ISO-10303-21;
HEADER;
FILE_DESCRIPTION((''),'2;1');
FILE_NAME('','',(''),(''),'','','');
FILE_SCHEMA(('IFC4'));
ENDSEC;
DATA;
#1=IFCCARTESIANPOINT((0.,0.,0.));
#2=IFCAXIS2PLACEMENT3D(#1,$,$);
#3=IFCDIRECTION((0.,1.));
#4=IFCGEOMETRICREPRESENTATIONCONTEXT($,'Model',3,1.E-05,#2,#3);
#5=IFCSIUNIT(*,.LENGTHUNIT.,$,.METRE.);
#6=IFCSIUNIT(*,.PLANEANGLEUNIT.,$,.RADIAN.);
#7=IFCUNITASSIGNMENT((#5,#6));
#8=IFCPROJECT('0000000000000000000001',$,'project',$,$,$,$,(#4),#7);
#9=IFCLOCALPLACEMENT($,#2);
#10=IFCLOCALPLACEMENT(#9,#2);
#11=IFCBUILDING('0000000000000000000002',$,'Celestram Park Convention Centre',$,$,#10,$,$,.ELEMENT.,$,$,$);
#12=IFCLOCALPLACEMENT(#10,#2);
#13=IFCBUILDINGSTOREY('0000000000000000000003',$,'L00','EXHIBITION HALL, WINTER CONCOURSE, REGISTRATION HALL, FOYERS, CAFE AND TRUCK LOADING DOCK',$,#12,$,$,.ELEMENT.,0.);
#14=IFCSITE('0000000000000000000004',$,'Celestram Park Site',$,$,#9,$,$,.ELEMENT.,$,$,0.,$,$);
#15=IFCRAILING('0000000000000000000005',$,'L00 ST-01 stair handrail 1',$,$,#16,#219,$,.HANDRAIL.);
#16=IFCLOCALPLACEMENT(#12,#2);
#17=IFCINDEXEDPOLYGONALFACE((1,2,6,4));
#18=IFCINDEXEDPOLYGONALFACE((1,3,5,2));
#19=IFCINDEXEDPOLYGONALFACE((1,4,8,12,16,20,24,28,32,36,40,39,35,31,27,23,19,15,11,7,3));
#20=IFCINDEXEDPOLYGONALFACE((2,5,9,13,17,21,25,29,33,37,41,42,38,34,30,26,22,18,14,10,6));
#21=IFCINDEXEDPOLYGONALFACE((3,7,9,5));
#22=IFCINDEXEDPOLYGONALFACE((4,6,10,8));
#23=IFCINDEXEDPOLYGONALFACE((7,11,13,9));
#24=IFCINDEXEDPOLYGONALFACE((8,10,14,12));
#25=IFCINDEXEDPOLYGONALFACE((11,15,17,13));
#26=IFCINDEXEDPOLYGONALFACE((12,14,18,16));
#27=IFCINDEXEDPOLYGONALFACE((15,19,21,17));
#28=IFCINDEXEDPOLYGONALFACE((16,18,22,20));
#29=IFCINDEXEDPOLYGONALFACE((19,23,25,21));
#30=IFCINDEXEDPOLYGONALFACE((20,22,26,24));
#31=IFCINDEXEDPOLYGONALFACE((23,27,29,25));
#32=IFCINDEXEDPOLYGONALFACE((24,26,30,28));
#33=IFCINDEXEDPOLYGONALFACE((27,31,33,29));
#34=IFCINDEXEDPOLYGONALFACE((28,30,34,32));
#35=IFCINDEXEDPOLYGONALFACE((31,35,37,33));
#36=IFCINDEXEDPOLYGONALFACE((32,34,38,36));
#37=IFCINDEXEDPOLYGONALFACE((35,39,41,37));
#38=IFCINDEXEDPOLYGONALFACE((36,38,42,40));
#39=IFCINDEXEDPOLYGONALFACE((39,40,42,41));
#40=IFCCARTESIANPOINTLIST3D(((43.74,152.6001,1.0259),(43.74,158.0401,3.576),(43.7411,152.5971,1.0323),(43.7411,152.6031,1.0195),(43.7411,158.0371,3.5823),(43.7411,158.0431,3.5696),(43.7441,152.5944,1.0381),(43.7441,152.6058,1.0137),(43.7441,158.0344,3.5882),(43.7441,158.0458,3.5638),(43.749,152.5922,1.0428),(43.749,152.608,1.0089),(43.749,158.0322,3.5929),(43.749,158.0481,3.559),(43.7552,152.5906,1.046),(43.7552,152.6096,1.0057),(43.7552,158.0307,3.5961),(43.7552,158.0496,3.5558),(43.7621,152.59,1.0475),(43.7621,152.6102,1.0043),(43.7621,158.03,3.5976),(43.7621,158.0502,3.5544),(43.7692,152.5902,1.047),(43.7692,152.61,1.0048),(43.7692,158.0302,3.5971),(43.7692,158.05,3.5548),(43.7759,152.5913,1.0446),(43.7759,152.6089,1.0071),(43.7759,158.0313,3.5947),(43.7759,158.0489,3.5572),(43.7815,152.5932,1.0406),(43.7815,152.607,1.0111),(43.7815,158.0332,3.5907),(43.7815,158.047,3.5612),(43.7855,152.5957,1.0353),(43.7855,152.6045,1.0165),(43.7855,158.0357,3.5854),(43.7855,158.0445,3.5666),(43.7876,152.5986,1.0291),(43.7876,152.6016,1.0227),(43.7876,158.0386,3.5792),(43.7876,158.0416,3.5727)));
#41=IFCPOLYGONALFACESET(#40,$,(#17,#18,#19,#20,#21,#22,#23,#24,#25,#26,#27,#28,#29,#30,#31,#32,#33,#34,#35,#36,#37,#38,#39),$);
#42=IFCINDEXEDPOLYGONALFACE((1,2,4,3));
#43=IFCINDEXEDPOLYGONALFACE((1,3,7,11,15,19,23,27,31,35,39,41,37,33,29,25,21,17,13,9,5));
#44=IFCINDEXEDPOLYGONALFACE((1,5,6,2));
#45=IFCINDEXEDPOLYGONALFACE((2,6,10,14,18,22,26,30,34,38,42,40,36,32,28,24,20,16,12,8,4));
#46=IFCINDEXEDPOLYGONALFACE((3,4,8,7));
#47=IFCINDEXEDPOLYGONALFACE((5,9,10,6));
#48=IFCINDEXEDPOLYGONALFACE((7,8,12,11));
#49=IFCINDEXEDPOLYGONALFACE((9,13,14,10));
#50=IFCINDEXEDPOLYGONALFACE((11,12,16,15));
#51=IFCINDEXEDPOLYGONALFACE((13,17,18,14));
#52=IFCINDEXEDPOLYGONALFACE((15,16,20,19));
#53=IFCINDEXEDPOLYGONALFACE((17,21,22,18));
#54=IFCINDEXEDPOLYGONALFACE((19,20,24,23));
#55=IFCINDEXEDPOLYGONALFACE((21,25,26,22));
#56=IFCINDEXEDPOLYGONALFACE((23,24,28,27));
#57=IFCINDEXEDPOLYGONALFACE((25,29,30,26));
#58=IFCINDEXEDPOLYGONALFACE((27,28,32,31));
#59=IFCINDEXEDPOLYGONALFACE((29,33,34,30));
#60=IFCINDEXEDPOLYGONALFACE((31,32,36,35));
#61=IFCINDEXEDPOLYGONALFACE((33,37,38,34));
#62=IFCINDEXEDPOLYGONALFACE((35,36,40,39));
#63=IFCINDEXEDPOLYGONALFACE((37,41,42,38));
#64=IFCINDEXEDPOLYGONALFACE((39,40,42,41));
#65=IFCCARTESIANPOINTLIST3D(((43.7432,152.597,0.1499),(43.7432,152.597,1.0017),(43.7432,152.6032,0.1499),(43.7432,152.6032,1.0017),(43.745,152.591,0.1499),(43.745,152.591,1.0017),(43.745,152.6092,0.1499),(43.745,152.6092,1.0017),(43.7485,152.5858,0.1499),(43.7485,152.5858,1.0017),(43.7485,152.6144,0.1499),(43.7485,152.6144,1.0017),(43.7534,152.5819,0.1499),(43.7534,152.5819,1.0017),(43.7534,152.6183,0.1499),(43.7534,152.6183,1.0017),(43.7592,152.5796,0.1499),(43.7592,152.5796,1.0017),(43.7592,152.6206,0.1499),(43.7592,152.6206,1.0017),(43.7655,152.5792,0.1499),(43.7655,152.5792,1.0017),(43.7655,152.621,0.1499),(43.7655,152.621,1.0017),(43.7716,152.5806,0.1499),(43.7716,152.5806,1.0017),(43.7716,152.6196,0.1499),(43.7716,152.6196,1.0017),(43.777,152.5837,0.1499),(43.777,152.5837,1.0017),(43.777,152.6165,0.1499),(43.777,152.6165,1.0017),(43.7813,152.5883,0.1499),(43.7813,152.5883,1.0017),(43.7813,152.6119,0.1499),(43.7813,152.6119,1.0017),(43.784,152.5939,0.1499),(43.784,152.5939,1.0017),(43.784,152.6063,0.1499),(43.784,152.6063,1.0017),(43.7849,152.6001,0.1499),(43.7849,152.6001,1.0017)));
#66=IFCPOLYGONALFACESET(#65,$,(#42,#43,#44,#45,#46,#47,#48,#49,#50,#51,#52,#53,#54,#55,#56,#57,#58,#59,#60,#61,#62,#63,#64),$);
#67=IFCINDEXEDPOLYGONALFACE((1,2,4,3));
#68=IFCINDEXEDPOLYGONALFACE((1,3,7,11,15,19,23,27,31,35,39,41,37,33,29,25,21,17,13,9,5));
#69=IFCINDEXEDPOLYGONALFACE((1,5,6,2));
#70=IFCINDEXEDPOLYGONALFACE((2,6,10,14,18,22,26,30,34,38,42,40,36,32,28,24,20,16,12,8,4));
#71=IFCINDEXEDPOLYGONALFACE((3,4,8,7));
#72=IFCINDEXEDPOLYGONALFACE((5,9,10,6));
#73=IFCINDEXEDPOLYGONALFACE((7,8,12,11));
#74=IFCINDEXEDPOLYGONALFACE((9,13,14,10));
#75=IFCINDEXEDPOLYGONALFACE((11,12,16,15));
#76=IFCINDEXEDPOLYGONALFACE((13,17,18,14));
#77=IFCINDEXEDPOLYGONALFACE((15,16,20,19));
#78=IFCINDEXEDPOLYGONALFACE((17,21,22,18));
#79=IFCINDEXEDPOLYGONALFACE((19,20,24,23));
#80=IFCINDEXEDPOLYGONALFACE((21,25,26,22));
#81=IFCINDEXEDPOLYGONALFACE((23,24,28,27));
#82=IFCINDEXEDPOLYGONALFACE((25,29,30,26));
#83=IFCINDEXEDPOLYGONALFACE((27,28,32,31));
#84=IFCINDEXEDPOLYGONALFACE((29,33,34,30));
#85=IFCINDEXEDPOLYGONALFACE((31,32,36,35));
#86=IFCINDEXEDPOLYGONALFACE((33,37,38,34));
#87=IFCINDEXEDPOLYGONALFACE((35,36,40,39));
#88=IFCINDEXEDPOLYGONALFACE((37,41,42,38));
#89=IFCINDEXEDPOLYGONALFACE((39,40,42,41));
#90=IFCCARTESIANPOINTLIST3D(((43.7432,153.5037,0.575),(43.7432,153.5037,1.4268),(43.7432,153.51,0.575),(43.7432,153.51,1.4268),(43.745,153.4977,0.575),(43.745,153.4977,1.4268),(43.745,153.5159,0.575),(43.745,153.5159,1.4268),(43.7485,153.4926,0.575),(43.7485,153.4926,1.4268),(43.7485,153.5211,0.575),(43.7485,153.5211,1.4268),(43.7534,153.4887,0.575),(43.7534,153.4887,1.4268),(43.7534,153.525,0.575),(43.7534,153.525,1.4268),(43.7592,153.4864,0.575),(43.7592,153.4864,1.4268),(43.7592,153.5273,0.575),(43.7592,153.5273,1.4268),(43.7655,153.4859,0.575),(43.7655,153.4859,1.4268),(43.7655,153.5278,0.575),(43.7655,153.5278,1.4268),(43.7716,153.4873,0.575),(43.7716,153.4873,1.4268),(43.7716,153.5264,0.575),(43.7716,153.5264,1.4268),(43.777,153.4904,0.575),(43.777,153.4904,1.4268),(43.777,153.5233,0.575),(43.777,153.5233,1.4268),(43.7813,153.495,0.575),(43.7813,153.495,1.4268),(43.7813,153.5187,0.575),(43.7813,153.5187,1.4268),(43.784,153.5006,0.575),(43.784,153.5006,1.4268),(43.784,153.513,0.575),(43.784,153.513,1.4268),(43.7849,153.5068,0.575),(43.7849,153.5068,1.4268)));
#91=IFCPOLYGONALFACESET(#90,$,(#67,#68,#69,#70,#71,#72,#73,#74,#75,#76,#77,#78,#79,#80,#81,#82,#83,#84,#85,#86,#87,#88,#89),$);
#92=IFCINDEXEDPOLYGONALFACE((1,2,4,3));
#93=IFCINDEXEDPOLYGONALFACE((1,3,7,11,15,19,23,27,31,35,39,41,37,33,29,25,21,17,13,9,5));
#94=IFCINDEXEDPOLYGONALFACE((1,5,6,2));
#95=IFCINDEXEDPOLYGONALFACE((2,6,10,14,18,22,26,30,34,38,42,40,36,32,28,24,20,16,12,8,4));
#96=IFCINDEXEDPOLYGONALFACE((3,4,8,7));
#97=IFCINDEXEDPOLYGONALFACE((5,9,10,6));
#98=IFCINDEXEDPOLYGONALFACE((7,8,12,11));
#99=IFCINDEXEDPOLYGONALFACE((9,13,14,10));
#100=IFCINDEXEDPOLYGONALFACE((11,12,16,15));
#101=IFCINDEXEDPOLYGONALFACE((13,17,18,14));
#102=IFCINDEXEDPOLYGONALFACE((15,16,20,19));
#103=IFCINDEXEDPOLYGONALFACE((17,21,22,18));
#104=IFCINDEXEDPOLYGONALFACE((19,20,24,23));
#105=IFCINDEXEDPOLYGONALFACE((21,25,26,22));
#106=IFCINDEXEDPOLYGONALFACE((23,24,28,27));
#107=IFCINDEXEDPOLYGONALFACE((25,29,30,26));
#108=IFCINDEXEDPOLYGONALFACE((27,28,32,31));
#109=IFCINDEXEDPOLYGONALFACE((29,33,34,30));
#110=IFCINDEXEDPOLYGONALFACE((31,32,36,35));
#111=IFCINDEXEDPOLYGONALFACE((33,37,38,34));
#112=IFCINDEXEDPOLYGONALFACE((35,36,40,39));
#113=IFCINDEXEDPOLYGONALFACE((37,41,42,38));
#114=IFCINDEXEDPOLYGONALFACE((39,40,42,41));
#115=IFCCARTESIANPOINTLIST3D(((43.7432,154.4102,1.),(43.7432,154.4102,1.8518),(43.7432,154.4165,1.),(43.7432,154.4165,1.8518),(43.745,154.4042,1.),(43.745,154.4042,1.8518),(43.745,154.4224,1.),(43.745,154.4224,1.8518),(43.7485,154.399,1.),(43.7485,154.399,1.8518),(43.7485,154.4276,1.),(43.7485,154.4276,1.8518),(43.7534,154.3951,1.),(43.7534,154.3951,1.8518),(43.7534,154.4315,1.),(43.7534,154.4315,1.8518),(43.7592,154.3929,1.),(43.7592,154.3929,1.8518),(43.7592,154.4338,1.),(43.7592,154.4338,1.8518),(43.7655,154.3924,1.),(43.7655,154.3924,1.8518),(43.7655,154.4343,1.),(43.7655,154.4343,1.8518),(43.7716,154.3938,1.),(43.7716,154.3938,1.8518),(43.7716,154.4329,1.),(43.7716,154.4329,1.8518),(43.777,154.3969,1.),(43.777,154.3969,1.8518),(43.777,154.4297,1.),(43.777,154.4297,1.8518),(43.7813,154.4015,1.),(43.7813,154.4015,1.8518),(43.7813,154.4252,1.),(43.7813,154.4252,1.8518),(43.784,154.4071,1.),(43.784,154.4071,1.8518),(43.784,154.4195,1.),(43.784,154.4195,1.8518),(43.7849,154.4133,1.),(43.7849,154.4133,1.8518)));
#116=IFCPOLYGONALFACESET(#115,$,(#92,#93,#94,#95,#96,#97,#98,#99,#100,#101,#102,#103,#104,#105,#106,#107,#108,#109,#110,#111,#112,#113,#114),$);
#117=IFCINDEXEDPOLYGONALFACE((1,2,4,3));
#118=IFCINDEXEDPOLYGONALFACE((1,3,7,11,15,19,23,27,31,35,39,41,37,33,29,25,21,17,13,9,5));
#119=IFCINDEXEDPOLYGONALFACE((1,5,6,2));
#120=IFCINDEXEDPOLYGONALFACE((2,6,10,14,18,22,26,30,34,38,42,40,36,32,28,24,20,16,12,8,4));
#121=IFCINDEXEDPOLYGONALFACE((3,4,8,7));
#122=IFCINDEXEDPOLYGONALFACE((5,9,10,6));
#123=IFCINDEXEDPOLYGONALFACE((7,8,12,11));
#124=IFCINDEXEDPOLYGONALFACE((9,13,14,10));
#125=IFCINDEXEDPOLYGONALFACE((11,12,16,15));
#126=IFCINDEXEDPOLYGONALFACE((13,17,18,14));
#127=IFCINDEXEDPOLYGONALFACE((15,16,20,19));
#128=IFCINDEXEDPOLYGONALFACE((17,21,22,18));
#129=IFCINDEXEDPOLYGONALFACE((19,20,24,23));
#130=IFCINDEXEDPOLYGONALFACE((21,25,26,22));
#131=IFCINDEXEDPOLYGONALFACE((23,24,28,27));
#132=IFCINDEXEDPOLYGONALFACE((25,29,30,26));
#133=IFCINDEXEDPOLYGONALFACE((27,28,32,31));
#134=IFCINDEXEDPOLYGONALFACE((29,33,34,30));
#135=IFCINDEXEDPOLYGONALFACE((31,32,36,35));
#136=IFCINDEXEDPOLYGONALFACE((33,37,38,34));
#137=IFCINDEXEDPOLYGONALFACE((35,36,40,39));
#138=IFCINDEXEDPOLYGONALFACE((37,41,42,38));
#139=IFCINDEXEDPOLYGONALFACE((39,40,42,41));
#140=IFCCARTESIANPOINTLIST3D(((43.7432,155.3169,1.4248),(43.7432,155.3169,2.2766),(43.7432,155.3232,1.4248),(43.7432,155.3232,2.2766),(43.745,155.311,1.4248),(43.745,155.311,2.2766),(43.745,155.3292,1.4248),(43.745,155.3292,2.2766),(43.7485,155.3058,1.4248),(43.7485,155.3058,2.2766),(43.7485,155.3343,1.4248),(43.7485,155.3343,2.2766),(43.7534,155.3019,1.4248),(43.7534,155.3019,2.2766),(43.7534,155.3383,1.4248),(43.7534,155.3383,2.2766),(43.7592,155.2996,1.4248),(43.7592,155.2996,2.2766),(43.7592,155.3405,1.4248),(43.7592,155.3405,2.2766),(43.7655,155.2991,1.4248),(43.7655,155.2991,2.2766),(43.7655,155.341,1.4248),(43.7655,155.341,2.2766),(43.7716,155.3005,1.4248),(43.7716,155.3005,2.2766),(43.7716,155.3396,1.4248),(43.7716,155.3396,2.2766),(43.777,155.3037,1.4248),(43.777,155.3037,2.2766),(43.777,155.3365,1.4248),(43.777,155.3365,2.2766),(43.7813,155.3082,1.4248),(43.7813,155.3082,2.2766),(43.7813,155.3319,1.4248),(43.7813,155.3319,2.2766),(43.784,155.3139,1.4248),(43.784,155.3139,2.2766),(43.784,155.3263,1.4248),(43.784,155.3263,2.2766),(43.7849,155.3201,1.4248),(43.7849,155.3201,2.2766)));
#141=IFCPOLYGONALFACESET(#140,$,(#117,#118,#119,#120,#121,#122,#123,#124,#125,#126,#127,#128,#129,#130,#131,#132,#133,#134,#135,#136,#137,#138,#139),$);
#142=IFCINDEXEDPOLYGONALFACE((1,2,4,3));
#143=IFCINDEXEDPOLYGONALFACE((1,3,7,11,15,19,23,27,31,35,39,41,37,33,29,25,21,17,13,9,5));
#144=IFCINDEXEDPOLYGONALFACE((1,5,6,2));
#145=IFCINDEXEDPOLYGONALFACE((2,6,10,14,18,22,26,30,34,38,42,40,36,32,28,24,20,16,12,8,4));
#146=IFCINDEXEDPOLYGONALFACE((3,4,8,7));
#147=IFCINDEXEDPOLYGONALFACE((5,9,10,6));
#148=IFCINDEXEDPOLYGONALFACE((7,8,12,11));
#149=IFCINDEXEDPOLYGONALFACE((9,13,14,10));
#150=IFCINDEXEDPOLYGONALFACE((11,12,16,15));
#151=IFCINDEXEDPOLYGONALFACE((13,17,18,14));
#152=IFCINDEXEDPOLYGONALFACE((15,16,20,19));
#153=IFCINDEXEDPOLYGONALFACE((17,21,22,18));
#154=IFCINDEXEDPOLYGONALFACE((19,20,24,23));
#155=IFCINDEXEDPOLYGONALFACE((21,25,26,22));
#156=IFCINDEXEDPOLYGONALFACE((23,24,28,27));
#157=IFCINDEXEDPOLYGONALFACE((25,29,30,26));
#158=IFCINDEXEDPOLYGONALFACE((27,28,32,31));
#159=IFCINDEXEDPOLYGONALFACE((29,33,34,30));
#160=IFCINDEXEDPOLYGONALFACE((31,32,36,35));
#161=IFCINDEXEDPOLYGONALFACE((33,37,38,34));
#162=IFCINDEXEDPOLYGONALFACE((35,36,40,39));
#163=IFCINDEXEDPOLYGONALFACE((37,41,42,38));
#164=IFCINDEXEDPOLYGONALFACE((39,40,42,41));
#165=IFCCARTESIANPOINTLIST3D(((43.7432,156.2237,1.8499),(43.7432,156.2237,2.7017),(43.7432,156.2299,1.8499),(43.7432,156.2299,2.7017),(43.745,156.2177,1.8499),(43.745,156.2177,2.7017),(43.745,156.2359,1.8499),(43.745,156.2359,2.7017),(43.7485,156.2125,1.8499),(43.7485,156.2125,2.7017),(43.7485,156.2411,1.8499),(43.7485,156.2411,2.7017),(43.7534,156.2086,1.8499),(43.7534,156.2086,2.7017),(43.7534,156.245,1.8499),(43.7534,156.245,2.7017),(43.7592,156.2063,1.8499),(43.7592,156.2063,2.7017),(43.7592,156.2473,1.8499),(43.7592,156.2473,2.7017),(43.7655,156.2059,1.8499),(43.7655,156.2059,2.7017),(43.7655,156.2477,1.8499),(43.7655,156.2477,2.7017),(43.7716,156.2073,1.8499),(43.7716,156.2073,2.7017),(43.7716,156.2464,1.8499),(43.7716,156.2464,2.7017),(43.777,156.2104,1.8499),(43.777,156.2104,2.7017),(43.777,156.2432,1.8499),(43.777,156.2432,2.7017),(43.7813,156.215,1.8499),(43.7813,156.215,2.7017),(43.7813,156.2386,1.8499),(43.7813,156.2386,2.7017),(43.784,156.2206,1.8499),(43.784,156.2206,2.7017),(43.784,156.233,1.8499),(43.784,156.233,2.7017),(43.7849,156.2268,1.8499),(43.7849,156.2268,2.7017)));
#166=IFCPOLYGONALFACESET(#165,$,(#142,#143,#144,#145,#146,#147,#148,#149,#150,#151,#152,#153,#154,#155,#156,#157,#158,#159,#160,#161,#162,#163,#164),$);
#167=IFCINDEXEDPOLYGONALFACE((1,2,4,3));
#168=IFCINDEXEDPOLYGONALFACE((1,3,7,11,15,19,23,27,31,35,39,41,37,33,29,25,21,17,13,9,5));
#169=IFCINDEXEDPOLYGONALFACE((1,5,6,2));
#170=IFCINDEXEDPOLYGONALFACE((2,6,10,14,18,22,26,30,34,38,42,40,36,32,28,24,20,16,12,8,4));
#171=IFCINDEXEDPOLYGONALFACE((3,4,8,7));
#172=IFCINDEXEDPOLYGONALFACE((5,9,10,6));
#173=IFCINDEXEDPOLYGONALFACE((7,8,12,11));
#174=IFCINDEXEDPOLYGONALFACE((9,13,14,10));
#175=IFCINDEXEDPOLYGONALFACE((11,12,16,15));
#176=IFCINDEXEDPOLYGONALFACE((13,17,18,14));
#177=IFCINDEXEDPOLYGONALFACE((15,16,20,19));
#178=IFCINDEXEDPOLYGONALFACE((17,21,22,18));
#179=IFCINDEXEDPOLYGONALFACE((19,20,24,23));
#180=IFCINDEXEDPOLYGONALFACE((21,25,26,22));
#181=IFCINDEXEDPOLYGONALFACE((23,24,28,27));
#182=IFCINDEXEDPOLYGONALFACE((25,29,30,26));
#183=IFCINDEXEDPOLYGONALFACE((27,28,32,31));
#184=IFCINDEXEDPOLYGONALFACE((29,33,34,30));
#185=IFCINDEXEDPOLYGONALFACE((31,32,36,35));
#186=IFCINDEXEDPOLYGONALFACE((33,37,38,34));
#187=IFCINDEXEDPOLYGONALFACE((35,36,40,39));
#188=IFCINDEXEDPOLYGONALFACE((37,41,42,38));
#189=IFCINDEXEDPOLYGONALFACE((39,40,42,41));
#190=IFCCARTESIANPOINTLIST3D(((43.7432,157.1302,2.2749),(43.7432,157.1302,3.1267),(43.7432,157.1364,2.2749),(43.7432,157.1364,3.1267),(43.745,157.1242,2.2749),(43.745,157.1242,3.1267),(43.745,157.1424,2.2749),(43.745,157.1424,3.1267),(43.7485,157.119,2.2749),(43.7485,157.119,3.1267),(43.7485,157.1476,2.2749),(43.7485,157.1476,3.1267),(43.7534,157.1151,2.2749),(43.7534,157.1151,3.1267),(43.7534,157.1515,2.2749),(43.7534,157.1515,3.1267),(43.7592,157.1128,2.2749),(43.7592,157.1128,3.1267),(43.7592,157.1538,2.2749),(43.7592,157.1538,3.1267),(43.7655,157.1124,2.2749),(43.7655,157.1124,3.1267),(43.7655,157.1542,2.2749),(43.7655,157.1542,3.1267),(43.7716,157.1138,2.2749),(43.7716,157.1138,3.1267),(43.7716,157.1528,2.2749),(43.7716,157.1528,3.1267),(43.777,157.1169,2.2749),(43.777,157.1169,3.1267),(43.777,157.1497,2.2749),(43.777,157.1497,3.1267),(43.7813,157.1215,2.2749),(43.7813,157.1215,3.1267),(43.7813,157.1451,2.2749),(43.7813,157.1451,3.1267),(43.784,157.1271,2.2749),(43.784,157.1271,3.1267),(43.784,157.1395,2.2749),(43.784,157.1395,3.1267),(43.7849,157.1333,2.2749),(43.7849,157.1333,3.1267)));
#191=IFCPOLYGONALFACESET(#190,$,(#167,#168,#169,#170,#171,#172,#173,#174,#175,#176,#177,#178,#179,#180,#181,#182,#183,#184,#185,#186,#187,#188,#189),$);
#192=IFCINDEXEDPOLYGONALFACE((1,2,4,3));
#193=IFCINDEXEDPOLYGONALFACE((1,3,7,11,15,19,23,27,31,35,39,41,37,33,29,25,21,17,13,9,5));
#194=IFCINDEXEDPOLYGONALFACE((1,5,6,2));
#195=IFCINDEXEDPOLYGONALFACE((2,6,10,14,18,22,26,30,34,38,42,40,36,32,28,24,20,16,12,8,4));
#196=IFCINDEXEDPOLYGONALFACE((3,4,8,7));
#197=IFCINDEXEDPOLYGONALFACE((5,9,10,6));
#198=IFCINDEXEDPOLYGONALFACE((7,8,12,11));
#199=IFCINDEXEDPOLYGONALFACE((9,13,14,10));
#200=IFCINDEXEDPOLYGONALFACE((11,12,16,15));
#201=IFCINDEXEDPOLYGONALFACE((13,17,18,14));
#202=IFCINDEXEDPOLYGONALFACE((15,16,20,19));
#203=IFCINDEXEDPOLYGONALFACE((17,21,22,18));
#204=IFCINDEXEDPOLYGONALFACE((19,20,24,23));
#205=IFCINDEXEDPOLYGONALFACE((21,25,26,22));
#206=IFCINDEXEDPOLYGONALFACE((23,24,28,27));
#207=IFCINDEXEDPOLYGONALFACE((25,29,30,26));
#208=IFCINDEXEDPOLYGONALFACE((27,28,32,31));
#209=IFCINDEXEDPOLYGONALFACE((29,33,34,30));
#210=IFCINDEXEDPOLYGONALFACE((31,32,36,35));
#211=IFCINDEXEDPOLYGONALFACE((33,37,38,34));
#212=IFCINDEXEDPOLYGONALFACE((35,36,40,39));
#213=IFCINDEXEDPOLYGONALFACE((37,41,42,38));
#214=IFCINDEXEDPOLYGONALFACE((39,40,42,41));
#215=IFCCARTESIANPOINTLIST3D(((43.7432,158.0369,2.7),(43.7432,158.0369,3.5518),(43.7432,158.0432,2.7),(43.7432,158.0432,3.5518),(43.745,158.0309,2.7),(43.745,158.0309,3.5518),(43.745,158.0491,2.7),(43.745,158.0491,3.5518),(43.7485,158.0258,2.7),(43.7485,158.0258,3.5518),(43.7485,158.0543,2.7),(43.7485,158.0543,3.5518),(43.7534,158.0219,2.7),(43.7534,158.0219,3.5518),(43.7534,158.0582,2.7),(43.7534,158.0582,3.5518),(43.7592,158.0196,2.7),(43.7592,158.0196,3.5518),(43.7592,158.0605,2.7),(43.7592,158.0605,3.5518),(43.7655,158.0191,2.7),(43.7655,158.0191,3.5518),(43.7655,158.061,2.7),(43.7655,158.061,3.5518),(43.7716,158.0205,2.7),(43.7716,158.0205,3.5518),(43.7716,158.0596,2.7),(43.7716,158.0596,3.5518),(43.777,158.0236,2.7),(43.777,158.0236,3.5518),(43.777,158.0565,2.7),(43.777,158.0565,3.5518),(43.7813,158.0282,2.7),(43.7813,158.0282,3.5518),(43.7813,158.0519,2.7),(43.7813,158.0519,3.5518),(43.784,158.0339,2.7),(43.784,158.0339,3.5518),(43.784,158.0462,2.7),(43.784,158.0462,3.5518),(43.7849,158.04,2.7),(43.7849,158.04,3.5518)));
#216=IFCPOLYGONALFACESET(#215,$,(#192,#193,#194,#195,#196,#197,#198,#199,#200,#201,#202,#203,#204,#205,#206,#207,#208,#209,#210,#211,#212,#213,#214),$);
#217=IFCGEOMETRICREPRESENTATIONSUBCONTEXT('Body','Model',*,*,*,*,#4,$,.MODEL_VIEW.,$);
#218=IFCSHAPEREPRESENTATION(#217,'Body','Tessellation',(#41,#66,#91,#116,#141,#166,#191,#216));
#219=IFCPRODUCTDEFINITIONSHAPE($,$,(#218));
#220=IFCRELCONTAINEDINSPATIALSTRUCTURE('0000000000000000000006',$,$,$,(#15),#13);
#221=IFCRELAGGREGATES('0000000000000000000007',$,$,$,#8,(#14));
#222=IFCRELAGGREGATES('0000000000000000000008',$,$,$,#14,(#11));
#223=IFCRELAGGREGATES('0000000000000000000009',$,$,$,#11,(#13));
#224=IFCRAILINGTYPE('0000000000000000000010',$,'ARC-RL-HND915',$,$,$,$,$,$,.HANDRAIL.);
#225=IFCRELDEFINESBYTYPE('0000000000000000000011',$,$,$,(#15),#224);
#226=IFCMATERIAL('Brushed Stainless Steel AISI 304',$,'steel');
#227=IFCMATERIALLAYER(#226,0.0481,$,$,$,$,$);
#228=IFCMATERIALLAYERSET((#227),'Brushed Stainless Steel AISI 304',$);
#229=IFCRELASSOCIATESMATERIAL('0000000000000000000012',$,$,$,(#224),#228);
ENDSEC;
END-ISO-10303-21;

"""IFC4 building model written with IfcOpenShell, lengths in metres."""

from ifc_helpers import new_model, si_unit, direction, frame, origin, origin_2d, place, context, subcontext, project, spatial, circle, extrude, material, layer, layer_set, type_object, element, save


model = new_model("IFC4")

# Units and contexts
model_context = context("Model", 3, precision=1e-05, world=origin(), true_north=direction((0.0, 1.0)))
body_context = subcontext(model_context, "Body", "Model", "MODEL_VIEW")
ifc_project = project(units=[si_unit("LENGTHUNIT", "METRE"), si_unit("PLANEANGLEUNIT", "RADIAN")], contexts=[model_context])

# Site, building, storey
site_placement = place(None, origin())
site = spatial("IfcSite", under=ifc_project, at=site_placement, Name="Celestram Park Site", CompositionType="ELEMENT", RefElevation=0.0)
building_placement = place(site_placement, origin())
building = spatial("IfcBuilding", under=site, at=building_placement, Name="Celestram Park Convention Centre", CompositionType="ELEMENT")
storey_placement = place(building_placement, origin())
storey = spatial("IfcBuildingStorey", under=building, at=storey_placement, Name="L00", Description="EXHIBITION HALL, WINTER CONCOURSE, REGISTRATION HALL, FOYERS, CAFE AND TRUCK LOADING DOCK", CompositionType="ELEMENT", Elevation=0.0)

# Railing
ifc_material_1 = material(Name="Brushed Stainless Steel AISI 304", Category="steel")
ifc_layer_1 = layer(ifc_material_1, 0.0481)
ifc_layer_set_1 = layer_set([ifc_layer_1], Name="Brushed Stainless Steel AISI 304")
railing_type_1 = type_object("IfcRailingType", Name="ARC-RL-HND915", PredefinedType="HANDRAIL", material=ifc_layer_set_1)
railing_1_placement = place(storey_placement, frame((43.7639, 152.6001, 0.1499)))
element("IfcRailing", 1, at=railing_1_placement, inside=storey, type_object=railing_type_1, Name="L00 ST-01 stair handrail 1", PredefinedType="HANDRAIL", context=body_context, shape_type="SweptSolid", body=[
    extrude(circle(Radius=0.0239, at=origin_2d()), frame((0.0, 0.0, 0.876), z_axis=(0.0, 0.905454, 0.424444), x_axis=(-1.0, 0.0, 0.0)), (0.0, 0.0, 1.0), 6.0081),
    extrude(circle(Radius=0.021, at=origin_2d()), origin(), (0.0, 0.0, 1.0), 0.8518),
    extrude(circle(Radius=0.021, at=origin_2d()), frame((0.0, 0.9067, 0.425)), (0.0, 0.0, 1.0), 0.8518),
    extrude(circle(Radius=0.021, at=origin_2d()), frame((0.0, 1.8132, 0.8501)), (0.0, 0.0, 1.0), 0.8518),
    extrude(circle(Radius=0.021, at=origin_2d()), frame((0.0, 2.72, 1.2749)), (0.0, 0.0, 1.0), 0.8518),
    extrude(circle(Radius=0.021, at=origin_2d()), frame((0.0, 3.6267, 1.7)), (0.0, 0.0, 1.0), 0.8518),
    extrude(circle(Radius=0.021, at=origin_2d()), frame((0.0, 4.5332, 2.125)), (0.0, 0.0, 1.0), 0.8518),
    extrude(circle(Radius=0.021, at=origin_2d()), frame((0.0, 5.4399, 2.55)), (0.0, 0.0, 1.0), 0.8518),
])

save(model, "model.ifc")
